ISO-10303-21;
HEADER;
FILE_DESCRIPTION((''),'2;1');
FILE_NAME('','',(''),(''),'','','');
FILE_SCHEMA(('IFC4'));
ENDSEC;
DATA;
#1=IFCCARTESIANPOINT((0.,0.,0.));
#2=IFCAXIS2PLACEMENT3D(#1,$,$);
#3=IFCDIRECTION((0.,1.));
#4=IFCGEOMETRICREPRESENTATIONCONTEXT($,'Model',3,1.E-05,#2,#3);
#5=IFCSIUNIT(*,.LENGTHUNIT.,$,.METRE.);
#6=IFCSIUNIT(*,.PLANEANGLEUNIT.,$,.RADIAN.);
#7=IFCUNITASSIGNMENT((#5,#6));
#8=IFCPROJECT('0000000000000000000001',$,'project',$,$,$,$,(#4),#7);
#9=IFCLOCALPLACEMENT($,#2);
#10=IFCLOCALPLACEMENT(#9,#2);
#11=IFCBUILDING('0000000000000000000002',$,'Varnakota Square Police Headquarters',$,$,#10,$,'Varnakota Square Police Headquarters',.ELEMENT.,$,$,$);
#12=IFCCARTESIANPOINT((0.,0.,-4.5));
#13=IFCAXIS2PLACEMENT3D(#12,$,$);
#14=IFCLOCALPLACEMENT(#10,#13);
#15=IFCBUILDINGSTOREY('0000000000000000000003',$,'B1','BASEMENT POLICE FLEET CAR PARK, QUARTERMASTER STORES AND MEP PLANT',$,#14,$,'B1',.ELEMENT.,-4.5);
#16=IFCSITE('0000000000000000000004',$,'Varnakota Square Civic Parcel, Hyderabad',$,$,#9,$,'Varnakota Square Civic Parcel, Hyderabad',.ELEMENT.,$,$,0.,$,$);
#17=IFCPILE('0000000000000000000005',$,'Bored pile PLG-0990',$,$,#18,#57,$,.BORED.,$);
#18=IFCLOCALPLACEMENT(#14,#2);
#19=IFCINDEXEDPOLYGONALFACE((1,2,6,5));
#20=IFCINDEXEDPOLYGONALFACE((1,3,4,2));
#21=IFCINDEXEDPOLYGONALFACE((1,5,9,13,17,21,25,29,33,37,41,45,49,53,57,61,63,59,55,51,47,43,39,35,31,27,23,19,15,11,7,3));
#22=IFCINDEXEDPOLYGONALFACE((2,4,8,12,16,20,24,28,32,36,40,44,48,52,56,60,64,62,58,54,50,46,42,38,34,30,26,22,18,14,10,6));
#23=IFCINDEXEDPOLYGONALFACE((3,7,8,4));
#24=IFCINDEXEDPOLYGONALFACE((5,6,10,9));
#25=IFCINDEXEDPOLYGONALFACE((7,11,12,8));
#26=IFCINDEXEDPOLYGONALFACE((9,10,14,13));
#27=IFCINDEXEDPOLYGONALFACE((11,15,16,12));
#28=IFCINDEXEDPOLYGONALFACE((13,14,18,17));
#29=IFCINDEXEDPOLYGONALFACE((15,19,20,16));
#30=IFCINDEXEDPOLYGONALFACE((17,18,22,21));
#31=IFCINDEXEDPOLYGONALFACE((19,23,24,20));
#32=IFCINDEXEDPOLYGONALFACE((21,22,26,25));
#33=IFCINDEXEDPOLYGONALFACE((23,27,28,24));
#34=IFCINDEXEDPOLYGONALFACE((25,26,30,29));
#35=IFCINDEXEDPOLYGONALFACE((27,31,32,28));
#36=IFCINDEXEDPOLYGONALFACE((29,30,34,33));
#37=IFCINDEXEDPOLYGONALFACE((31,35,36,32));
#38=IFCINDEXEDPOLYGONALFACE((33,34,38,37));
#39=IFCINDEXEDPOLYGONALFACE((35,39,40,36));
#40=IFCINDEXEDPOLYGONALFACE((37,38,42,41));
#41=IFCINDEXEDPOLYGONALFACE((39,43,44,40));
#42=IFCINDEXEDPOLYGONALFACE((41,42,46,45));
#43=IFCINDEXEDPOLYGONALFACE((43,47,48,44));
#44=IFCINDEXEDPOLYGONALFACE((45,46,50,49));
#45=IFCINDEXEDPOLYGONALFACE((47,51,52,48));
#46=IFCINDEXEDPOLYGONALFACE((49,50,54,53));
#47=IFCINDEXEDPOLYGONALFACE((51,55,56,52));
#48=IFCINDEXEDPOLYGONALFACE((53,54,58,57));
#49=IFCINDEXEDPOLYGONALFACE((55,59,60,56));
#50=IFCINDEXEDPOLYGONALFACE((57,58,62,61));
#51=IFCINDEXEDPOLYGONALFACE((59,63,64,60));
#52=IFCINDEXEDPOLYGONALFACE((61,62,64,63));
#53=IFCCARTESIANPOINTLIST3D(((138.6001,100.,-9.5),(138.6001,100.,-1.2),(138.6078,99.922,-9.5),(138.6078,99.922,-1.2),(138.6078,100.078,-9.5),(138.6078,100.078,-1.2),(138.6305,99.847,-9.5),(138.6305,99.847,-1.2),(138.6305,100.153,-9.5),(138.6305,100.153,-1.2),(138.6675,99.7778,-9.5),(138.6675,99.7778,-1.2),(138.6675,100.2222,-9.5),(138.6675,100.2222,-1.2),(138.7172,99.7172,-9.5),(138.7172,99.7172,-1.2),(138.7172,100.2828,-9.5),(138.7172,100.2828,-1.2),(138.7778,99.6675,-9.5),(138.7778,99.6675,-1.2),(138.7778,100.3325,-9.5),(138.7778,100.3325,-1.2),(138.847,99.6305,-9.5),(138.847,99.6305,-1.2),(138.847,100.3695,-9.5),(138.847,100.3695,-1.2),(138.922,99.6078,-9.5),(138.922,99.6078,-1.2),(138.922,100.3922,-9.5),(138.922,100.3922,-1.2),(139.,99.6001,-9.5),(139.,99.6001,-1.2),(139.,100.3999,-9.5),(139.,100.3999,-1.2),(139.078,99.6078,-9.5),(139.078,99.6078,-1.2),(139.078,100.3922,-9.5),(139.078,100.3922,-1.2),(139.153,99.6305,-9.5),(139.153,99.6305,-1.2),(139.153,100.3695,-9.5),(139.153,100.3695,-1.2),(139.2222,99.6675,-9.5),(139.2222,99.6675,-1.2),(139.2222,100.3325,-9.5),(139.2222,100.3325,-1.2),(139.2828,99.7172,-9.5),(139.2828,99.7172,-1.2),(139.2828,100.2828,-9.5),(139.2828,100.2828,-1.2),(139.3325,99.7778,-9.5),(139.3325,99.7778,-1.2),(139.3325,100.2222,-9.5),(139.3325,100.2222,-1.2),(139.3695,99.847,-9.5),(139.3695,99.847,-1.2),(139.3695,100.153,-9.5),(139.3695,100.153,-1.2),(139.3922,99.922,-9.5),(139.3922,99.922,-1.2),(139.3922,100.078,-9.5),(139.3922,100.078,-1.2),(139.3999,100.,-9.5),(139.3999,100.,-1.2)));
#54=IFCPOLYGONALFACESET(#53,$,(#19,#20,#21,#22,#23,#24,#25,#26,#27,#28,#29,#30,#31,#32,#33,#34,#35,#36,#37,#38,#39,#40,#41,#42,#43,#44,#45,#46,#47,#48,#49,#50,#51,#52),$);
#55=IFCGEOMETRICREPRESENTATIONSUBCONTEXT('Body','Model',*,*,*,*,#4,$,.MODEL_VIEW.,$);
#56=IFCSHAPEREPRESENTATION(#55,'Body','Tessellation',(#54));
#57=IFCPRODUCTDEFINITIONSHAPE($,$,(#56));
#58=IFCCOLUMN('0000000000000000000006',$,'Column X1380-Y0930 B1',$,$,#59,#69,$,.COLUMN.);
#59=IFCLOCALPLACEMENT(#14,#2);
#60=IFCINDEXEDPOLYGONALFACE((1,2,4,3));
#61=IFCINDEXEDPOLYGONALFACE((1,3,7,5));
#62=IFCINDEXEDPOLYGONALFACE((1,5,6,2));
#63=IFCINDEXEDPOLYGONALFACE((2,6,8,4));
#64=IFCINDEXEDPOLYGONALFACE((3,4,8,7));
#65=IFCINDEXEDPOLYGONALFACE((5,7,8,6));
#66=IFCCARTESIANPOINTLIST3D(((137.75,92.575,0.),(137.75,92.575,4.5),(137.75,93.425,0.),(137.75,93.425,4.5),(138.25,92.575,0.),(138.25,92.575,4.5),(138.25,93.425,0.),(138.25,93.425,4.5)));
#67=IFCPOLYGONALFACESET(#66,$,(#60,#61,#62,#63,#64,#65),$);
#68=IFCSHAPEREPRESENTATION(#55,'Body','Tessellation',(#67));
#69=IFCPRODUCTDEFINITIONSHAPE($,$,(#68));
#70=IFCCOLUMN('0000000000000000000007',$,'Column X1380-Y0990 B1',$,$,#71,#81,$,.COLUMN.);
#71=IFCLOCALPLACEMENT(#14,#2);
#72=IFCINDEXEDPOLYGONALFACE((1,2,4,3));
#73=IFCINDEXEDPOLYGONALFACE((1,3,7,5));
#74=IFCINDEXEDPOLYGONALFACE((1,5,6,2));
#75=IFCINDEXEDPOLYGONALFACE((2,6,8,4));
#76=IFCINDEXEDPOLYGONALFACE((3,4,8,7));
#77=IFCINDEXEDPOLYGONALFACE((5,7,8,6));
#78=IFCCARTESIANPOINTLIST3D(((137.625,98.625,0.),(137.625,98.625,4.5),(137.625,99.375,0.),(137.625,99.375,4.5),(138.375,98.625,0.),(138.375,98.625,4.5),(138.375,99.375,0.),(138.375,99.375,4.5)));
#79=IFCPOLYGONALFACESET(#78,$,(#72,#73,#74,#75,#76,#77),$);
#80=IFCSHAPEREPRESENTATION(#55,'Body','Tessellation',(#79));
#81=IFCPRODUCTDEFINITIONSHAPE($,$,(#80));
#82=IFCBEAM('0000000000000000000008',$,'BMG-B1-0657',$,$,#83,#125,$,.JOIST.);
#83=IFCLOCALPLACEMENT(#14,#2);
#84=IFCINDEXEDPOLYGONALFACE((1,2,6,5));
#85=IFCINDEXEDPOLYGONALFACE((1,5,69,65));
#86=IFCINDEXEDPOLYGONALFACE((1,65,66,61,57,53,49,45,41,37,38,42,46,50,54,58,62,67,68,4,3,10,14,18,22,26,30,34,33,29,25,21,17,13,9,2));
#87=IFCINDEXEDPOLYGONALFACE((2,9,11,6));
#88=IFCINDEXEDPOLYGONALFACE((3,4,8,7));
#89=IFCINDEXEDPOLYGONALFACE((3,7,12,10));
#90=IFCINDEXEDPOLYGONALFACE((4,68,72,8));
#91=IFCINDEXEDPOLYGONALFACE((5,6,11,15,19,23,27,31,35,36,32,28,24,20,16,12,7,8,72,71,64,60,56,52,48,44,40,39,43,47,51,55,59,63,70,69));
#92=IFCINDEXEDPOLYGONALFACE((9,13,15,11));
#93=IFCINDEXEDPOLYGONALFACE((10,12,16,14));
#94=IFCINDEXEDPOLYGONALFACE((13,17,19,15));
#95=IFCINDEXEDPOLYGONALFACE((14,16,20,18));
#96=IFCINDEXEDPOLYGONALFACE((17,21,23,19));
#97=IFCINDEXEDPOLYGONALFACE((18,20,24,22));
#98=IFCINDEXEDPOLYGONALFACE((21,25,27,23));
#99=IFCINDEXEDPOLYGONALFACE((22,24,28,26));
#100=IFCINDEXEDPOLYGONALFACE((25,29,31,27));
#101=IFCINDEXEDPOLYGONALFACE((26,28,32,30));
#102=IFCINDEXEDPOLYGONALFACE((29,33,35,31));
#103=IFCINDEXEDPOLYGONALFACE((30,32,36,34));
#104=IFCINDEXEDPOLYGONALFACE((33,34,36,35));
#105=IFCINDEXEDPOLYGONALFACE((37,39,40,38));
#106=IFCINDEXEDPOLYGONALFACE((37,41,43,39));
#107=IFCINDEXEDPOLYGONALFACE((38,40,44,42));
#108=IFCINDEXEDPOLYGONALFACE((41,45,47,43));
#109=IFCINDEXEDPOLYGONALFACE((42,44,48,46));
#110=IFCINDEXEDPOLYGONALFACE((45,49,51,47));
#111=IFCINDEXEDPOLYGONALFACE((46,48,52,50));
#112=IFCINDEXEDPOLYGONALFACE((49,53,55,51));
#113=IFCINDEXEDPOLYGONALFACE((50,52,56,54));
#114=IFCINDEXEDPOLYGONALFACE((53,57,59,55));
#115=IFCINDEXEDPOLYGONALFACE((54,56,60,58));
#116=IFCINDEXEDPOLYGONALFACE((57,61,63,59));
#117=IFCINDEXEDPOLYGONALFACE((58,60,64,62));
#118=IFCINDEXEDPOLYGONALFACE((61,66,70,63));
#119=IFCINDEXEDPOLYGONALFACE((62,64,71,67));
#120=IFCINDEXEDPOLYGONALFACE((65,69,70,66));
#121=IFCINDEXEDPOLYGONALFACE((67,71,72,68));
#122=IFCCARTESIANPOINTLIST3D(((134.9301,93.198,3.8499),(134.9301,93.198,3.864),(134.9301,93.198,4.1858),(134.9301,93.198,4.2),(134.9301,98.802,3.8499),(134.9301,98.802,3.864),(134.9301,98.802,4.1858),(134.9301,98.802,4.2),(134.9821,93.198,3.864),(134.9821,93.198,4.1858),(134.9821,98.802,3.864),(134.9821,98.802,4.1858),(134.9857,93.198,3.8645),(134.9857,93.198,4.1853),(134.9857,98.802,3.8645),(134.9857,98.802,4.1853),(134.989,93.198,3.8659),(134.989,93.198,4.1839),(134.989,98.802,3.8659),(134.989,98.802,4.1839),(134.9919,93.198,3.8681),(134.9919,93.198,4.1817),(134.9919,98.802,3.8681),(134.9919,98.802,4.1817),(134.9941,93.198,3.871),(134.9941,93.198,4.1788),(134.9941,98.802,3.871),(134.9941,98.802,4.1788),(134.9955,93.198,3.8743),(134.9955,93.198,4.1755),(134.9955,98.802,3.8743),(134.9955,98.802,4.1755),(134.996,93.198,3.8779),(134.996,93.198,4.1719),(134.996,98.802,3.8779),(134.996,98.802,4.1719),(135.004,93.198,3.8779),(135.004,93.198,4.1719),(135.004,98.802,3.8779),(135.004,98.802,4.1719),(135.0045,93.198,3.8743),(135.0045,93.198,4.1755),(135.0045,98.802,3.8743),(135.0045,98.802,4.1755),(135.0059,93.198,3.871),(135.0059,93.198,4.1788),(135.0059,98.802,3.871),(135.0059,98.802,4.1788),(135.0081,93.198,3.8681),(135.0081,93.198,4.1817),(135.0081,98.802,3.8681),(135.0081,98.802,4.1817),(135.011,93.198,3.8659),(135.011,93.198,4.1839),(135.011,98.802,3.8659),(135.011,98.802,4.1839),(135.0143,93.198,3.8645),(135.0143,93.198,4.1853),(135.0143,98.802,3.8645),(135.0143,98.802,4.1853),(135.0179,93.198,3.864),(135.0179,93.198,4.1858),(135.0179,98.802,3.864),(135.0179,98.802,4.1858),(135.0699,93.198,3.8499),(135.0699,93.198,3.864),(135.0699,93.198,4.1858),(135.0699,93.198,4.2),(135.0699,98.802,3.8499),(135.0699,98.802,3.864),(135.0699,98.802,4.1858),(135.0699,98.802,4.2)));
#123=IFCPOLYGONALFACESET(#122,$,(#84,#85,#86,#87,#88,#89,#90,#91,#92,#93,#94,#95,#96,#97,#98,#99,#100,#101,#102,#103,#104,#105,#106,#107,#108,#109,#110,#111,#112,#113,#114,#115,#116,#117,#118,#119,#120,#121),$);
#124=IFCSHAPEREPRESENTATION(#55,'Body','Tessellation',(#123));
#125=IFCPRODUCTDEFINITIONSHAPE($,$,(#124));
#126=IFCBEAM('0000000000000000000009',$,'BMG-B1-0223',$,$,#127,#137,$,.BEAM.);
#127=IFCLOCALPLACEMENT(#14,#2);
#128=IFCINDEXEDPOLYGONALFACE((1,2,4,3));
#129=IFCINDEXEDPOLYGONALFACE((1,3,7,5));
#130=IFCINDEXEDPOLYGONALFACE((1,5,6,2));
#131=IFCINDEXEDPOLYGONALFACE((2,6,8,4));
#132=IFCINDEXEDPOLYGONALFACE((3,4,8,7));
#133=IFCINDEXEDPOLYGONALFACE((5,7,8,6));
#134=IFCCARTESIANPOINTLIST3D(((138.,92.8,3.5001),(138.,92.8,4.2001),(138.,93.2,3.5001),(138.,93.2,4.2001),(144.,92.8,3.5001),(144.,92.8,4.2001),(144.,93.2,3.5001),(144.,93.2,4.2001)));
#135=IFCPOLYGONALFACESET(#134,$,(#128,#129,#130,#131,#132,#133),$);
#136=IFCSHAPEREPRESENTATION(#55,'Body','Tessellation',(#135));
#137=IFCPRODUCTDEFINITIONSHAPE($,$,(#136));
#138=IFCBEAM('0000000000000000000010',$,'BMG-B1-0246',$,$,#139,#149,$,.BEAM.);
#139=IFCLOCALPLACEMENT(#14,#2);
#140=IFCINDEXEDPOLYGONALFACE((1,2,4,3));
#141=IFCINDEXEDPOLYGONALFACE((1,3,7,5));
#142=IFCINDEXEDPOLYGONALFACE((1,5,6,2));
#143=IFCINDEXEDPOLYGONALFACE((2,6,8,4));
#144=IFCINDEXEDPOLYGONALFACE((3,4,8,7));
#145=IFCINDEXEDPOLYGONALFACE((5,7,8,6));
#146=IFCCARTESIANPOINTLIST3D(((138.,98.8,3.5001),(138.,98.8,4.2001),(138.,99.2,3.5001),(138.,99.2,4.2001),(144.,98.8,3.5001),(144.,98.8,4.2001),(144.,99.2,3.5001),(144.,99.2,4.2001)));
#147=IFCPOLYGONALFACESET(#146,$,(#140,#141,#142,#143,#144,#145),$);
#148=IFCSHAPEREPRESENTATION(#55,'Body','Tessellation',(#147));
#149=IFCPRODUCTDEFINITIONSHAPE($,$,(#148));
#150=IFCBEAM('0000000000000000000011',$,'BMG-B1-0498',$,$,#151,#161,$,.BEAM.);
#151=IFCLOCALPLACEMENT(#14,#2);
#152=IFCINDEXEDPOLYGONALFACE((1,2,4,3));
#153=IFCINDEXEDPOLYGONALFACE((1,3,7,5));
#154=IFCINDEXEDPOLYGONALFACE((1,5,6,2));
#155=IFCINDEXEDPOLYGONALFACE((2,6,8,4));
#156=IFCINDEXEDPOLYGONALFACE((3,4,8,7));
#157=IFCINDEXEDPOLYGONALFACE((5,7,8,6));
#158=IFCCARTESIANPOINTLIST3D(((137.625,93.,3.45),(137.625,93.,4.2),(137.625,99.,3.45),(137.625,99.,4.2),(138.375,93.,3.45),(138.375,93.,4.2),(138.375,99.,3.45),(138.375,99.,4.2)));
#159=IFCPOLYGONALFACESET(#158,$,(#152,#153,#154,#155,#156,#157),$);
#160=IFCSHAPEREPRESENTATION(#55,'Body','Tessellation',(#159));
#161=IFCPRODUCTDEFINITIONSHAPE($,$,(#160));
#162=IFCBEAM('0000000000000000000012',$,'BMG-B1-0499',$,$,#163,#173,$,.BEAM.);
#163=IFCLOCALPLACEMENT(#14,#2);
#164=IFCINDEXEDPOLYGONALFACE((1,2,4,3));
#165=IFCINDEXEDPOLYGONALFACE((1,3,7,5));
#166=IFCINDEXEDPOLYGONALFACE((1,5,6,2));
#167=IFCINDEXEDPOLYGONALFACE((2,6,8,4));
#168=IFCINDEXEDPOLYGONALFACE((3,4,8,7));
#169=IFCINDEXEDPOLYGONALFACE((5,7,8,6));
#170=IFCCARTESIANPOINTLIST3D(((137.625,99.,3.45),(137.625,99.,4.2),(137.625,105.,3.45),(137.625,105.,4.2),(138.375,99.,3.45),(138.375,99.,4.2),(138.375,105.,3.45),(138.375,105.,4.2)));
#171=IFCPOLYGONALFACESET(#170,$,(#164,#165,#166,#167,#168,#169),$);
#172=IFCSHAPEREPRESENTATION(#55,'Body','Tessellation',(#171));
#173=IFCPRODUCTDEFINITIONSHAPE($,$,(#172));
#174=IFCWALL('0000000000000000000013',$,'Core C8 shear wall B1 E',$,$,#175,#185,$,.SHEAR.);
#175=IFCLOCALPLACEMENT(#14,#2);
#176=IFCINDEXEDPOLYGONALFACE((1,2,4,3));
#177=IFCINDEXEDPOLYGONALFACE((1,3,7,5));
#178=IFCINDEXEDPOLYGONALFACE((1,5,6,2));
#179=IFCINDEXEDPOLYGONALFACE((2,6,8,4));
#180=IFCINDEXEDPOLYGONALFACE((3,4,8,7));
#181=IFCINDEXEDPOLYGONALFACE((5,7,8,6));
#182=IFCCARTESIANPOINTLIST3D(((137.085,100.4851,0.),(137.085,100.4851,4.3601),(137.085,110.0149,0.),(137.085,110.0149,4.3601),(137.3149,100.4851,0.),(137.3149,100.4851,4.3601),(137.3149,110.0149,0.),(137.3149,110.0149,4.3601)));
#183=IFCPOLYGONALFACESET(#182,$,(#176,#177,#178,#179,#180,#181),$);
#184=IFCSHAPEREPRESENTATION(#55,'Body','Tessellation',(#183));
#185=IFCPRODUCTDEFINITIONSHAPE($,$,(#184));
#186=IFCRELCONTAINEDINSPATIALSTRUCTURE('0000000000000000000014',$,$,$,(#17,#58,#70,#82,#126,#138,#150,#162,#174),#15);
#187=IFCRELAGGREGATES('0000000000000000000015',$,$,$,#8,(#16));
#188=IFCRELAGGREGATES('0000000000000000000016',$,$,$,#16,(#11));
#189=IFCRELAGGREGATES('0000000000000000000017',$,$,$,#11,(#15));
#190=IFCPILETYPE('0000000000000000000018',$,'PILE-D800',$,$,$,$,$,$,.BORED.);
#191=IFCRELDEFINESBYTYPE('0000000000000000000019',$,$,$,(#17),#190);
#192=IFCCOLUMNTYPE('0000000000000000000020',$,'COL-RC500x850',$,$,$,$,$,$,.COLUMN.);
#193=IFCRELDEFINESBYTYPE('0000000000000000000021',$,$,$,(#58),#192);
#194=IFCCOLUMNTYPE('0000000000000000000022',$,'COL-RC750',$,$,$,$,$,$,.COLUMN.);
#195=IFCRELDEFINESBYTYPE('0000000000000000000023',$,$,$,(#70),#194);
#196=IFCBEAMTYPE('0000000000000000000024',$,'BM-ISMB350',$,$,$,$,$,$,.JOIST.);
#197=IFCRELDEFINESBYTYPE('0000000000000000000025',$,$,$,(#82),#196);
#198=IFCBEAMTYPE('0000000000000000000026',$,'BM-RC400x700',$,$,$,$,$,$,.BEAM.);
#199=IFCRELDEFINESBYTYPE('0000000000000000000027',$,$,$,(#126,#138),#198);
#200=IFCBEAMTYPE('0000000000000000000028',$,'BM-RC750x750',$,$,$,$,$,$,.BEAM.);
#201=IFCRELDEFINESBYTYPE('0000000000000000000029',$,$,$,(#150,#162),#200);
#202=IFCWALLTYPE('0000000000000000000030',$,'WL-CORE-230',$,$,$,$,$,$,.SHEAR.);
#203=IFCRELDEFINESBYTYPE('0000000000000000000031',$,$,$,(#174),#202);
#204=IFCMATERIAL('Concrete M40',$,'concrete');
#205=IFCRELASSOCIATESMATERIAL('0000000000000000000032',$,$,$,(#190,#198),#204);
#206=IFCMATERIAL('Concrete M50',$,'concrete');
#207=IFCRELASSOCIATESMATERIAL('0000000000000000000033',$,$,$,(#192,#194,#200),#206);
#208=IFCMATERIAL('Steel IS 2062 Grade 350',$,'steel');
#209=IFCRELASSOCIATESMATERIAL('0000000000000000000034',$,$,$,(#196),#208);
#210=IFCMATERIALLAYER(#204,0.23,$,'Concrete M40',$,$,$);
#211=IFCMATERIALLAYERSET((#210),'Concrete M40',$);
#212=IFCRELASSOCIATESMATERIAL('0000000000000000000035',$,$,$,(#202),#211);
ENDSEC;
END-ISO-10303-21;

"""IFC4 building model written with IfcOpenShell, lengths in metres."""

from ifc_helpers import new_model, si_unit, direction, frame, frame_2d, origin, origin_2d, place, context, subcontext, project, spatial, rectangle, circle, i_section, extrude, material, layer, layer_set, material_profile, profile_set, type_object, element, save


model = new_model("IFC4")

# Units and contexts
model_context = context("Model", 3, precision=1e-05, world=origin(), true_north=direction((0.0, 1.0)))
body_context = subcontext(model_context, "Body", "Model", "MODEL_VIEW")
ifc_project = project(units=[si_unit("LENGTHUNIT", "METRE"), si_unit("PLANEANGLEUNIT", "RADIAN")], contexts=[model_context])

# Site, building, storey
site_placement = place(None, origin())
site = spatial("IfcSite", under=ifc_project, at=site_placement, Name="Varnakota Square Civic Parcel, Hyderabad", LongName="Varnakota Square Civic Parcel, Hyderabad", CompositionType="ELEMENT", RefElevation=0.0)
building_placement = place(site_placement, origin())
building = spatial("IfcBuilding", under=site, at=building_placement, Name="Varnakota Square Police Headquarters", LongName="Varnakota Square Police Headquarters", CompositionType="ELEMENT")
storey_placement = place(building_placement, frame((0.0, 0.0, -4.5)))
storey = spatial("IfcBuildingStorey", under=building, at=storey_placement, Name="B1", Description="BASEMENT POLICE FLEET CAR PARK, QUARTERMASTER STORES AND MEP PLANT", LongName="B1", CompositionType="ELEMENT", Elevation=-4.5)

# Shared definitions
ifc_material_1 = material(Name="Concrete M40", Category="concrete")

# Pile
ifc_material_profile_1 = material_profile(ifc_material_1, circle(Radius=0.3999, at=origin_2d()), Name="BORED PILE 800")
ifc_profile_set_1 = profile_set([ifc_material_profile_1], Name="Concrete M40")
pile_type = type_object("IfcPileType", Name="PILE-D800", PredefinedType="BORED", material=ifc_profile_set_1)
for number, where, z_axis, x_axis, name in (
    (1, (139.0, 100.0, -1.2), (0.0, 0.0, -1.0), (1.0, 0.0, 0.0), "Bored pile PLG-0990"),
):
    element("IfcPile", number, at=place(storey_placement, frame(where, z_axis=z_axis, x_axis=x_axis)), inside=storey, type_object=pile_type, Name=name, PredefinedType="BORED", context=body_context, shape_type="SweptSolid", body=[
        extrude(circle(Radius=0.3999, at=origin_2d()), origin(), (0.0, 0.0, 1.0), 8.3),
    ])

# Columns
ifc_material_2 = material(Name="Concrete M50", Category="concrete")
ifc_material_profile_2 = material_profile(ifc_material_2, rectangle(XDim=0.5, YDim=0.8501, at=origin_2d()), Name="RC 500x850")
ifc_profile_set_2 = profile_set([ifc_material_profile_2], Name="Concrete M50")
column_type_1 = type_object("IfcColumnType", Name="COL-RC500x850", PredefinedType="COLUMN", material=ifc_profile_set_2)
column_1_placement = place(storey_placement, frame((138.0, 93.0, 0.0), z_axis=(0.0, 0.0, 1.0), x_axis=(1.0, 0.0, 0.0)))
element("IfcColumn", 2, at=column_1_placement, inside=storey, type_object=column_type_1, Name="Column X1380-Y0930 B1", PredefinedType="COLUMN", context=body_context, shape_type="SweptSolid", body=[
    extrude(rectangle(XDim=0.5, YDim=0.8501, at=origin_2d()), origin(), (0.0, 0.0, 1.0), 4.5),
])
ifc_material_profile_3 = material_profile(ifc_material_2, rectangle(XDim=0.75, YDim=0.75, at=origin_2d()), Name="RC 750x750")
ifc_profile_set_3 = profile_set([ifc_material_profile_3], Name="Concrete M50")
column_type_2 = type_object("IfcColumnType", Name="COL-RC750", PredefinedType="COLUMN", material=ifc_profile_set_3)
column_2_placement = place(storey_placement, frame((138.0, 99.0, 0.0), z_axis=(0.0, 0.0, 1.0), x_axis=(1.0, 0.0, 0.0)))
element("IfcColumn", 3, at=column_2_placement, inside=storey, type_object=column_type_2, Name="Column X1380-Y0990 B1", PredefinedType="COLUMN", context=body_context, shape_type="SweptSolid", body=[
    extrude(rectangle(XDim=0.75, YDim=0.75, at=origin_2d()), origin(), (0.0, 0.0, 1.0), 4.5),
])

# Beams
ifc_material_3 = material(Name="Steel IS 2062 Grade 350", Category="steel")
ifc_material_profile_4 = material_profile(ifc_material_3, i_section(OverallWidth=0.1399, OverallDepth=0.3501, WebThickness=0.0081, FlangeThickness=0.0142, FilletRadius=0.0139, at=origin_2d()), Name="ISMB 350")
ifc_profile_set_4 = profile_set([ifc_material_profile_4], Name="Steel IS 2062 Grade 350")
beam_type_1 = type_object("IfcBeamType", Name="BM-ISMB350", PredefinedType="JOIST", material=ifc_profile_set_4)
beam_placement = place(storey_placement, frame((135.0, 93.198, 4.0249), z_axis=(0.0, 1.0, 0.0), x_axis=(-1.0, 0.0, 0.0)))
element("IfcBeam", 4, at=beam_placement, inside=storey, type_object=beam_type_1, Name="BMG-B1-0657", PredefinedType="JOIST", context=body_context, shape_type="SweptSolid", body=[
    extrude(i_section(OverallWidth=0.1399, OverallDepth=0.3501, WebThickness=0.0081, FlangeThickness=0.0142, FilletRadius=0.0139, at=origin_2d()), origin(), (0.0, 0.0, 1.0), 5.604),
])
ifc_material_profile_5 = material_profile(ifc_material_1, rectangle(XDim=0.3999, YDim=0.7, at=origin_2d()), Name="RC 400x700")
ifc_profile_set_5 = profile_set([ifc_material_profile_5], Name="Concrete M40")
beam_type_2 = type_object("IfcBeamType", Name="BM-RC400x700", PredefinedType="BEAM", material=ifc_profile_set_5)
for number, where, z_axis, x_axis, name in (
    (5, (138.0, 93.0, 3.8501), (1.0, 0.0, 0.0), (0.0, 1.0, 0.0), "BMG-B1-0223"),
    (6, (138.0, 99.0, 3.8501), (1.0, 0.0, 0.0), (0.0, 1.0, 0.0), "BMG-B1-0246"),
):
    element("IfcBeam", number, at=place(storey_placement, frame(where, z_axis=z_axis, x_axis=x_axis)), inside=storey, type_object=beam_type_2, Name=name, PredefinedType="BEAM", context=body_context, shape_type="SweptSolid", body=[
        extrude(rectangle(XDim=0.3999, YDim=0.7, at=origin_2d()), origin(), (0.0, 0.0, 1.0), 6.0),
    ])
ifc_material_profile_6 = material_profile(ifc_material_2, rectangle(XDim=0.75, YDim=0.75, at=origin_2d()), Name="RC 750x750")
ifc_profile_set_6 = profile_set([ifc_material_profile_6], Name="Concrete M50")
beam_type_3 = type_object("IfcBeamType", Name="BM-RC750x750", PredefinedType="BEAM", material=ifc_profile_set_6)
for number, where, z_axis, x_axis, name in (
    (7, (138.0, 93.0, 3.825), (0.0, 1.0, 0.0), (-1.0, 0.0, 0.0), "BMG-B1-0498"),
    (8, (138.0, 99.0, 3.825), (0.0, 1.0, 0.0), (-1.0, 0.0, 0.0), "BMG-B1-0499"),
):
    element("IfcBeam", number, at=place(storey_placement, frame(where, z_axis=z_axis, x_axis=x_axis)), inside=storey, type_object=beam_type_3, Name=name, PredefinedType="BEAM", context=body_context, shape_type="SweptSolid", body=[
        extrude(rectangle(XDim=0.75, YDim=0.75, at=origin_2d()), origin(), (0.0, 0.0, 1.0), 6.0),
    ])

# Wall
ifc_layer = layer(ifc_material_1, 0.23, Name="Concrete M40")
ifc_layer_set = layer_set([ifc_layer], Name="Concrete M40")
wall_type = type_object("IfcWallType", Name="WL-CORE-230", PredefinedType="SHEAR", material=ifc_layer_set)
wall_placement = place(storey_placement, frame((137.2, 100.4851, 0.0), z_axis=(0.0, 0.0, 1.0), x_axis=(0.0, 1.0, 0.0)))
element("IfcWall", 9, at=wall_placement, inside=storey, type_object=wall_type, Name="Core C8 shear wall B1 E", PredefinedType="SHEAR", context=body_context, shape_type="SweptSolid", body=[
    extrude(rectangle(XDim=9.5298, YDim=0.23, at=frame_2d((4.7649, 0.0))), origin(), (0.0, 0.0, 1.0), 4.3601),
])

save(model, "model.ifc")
